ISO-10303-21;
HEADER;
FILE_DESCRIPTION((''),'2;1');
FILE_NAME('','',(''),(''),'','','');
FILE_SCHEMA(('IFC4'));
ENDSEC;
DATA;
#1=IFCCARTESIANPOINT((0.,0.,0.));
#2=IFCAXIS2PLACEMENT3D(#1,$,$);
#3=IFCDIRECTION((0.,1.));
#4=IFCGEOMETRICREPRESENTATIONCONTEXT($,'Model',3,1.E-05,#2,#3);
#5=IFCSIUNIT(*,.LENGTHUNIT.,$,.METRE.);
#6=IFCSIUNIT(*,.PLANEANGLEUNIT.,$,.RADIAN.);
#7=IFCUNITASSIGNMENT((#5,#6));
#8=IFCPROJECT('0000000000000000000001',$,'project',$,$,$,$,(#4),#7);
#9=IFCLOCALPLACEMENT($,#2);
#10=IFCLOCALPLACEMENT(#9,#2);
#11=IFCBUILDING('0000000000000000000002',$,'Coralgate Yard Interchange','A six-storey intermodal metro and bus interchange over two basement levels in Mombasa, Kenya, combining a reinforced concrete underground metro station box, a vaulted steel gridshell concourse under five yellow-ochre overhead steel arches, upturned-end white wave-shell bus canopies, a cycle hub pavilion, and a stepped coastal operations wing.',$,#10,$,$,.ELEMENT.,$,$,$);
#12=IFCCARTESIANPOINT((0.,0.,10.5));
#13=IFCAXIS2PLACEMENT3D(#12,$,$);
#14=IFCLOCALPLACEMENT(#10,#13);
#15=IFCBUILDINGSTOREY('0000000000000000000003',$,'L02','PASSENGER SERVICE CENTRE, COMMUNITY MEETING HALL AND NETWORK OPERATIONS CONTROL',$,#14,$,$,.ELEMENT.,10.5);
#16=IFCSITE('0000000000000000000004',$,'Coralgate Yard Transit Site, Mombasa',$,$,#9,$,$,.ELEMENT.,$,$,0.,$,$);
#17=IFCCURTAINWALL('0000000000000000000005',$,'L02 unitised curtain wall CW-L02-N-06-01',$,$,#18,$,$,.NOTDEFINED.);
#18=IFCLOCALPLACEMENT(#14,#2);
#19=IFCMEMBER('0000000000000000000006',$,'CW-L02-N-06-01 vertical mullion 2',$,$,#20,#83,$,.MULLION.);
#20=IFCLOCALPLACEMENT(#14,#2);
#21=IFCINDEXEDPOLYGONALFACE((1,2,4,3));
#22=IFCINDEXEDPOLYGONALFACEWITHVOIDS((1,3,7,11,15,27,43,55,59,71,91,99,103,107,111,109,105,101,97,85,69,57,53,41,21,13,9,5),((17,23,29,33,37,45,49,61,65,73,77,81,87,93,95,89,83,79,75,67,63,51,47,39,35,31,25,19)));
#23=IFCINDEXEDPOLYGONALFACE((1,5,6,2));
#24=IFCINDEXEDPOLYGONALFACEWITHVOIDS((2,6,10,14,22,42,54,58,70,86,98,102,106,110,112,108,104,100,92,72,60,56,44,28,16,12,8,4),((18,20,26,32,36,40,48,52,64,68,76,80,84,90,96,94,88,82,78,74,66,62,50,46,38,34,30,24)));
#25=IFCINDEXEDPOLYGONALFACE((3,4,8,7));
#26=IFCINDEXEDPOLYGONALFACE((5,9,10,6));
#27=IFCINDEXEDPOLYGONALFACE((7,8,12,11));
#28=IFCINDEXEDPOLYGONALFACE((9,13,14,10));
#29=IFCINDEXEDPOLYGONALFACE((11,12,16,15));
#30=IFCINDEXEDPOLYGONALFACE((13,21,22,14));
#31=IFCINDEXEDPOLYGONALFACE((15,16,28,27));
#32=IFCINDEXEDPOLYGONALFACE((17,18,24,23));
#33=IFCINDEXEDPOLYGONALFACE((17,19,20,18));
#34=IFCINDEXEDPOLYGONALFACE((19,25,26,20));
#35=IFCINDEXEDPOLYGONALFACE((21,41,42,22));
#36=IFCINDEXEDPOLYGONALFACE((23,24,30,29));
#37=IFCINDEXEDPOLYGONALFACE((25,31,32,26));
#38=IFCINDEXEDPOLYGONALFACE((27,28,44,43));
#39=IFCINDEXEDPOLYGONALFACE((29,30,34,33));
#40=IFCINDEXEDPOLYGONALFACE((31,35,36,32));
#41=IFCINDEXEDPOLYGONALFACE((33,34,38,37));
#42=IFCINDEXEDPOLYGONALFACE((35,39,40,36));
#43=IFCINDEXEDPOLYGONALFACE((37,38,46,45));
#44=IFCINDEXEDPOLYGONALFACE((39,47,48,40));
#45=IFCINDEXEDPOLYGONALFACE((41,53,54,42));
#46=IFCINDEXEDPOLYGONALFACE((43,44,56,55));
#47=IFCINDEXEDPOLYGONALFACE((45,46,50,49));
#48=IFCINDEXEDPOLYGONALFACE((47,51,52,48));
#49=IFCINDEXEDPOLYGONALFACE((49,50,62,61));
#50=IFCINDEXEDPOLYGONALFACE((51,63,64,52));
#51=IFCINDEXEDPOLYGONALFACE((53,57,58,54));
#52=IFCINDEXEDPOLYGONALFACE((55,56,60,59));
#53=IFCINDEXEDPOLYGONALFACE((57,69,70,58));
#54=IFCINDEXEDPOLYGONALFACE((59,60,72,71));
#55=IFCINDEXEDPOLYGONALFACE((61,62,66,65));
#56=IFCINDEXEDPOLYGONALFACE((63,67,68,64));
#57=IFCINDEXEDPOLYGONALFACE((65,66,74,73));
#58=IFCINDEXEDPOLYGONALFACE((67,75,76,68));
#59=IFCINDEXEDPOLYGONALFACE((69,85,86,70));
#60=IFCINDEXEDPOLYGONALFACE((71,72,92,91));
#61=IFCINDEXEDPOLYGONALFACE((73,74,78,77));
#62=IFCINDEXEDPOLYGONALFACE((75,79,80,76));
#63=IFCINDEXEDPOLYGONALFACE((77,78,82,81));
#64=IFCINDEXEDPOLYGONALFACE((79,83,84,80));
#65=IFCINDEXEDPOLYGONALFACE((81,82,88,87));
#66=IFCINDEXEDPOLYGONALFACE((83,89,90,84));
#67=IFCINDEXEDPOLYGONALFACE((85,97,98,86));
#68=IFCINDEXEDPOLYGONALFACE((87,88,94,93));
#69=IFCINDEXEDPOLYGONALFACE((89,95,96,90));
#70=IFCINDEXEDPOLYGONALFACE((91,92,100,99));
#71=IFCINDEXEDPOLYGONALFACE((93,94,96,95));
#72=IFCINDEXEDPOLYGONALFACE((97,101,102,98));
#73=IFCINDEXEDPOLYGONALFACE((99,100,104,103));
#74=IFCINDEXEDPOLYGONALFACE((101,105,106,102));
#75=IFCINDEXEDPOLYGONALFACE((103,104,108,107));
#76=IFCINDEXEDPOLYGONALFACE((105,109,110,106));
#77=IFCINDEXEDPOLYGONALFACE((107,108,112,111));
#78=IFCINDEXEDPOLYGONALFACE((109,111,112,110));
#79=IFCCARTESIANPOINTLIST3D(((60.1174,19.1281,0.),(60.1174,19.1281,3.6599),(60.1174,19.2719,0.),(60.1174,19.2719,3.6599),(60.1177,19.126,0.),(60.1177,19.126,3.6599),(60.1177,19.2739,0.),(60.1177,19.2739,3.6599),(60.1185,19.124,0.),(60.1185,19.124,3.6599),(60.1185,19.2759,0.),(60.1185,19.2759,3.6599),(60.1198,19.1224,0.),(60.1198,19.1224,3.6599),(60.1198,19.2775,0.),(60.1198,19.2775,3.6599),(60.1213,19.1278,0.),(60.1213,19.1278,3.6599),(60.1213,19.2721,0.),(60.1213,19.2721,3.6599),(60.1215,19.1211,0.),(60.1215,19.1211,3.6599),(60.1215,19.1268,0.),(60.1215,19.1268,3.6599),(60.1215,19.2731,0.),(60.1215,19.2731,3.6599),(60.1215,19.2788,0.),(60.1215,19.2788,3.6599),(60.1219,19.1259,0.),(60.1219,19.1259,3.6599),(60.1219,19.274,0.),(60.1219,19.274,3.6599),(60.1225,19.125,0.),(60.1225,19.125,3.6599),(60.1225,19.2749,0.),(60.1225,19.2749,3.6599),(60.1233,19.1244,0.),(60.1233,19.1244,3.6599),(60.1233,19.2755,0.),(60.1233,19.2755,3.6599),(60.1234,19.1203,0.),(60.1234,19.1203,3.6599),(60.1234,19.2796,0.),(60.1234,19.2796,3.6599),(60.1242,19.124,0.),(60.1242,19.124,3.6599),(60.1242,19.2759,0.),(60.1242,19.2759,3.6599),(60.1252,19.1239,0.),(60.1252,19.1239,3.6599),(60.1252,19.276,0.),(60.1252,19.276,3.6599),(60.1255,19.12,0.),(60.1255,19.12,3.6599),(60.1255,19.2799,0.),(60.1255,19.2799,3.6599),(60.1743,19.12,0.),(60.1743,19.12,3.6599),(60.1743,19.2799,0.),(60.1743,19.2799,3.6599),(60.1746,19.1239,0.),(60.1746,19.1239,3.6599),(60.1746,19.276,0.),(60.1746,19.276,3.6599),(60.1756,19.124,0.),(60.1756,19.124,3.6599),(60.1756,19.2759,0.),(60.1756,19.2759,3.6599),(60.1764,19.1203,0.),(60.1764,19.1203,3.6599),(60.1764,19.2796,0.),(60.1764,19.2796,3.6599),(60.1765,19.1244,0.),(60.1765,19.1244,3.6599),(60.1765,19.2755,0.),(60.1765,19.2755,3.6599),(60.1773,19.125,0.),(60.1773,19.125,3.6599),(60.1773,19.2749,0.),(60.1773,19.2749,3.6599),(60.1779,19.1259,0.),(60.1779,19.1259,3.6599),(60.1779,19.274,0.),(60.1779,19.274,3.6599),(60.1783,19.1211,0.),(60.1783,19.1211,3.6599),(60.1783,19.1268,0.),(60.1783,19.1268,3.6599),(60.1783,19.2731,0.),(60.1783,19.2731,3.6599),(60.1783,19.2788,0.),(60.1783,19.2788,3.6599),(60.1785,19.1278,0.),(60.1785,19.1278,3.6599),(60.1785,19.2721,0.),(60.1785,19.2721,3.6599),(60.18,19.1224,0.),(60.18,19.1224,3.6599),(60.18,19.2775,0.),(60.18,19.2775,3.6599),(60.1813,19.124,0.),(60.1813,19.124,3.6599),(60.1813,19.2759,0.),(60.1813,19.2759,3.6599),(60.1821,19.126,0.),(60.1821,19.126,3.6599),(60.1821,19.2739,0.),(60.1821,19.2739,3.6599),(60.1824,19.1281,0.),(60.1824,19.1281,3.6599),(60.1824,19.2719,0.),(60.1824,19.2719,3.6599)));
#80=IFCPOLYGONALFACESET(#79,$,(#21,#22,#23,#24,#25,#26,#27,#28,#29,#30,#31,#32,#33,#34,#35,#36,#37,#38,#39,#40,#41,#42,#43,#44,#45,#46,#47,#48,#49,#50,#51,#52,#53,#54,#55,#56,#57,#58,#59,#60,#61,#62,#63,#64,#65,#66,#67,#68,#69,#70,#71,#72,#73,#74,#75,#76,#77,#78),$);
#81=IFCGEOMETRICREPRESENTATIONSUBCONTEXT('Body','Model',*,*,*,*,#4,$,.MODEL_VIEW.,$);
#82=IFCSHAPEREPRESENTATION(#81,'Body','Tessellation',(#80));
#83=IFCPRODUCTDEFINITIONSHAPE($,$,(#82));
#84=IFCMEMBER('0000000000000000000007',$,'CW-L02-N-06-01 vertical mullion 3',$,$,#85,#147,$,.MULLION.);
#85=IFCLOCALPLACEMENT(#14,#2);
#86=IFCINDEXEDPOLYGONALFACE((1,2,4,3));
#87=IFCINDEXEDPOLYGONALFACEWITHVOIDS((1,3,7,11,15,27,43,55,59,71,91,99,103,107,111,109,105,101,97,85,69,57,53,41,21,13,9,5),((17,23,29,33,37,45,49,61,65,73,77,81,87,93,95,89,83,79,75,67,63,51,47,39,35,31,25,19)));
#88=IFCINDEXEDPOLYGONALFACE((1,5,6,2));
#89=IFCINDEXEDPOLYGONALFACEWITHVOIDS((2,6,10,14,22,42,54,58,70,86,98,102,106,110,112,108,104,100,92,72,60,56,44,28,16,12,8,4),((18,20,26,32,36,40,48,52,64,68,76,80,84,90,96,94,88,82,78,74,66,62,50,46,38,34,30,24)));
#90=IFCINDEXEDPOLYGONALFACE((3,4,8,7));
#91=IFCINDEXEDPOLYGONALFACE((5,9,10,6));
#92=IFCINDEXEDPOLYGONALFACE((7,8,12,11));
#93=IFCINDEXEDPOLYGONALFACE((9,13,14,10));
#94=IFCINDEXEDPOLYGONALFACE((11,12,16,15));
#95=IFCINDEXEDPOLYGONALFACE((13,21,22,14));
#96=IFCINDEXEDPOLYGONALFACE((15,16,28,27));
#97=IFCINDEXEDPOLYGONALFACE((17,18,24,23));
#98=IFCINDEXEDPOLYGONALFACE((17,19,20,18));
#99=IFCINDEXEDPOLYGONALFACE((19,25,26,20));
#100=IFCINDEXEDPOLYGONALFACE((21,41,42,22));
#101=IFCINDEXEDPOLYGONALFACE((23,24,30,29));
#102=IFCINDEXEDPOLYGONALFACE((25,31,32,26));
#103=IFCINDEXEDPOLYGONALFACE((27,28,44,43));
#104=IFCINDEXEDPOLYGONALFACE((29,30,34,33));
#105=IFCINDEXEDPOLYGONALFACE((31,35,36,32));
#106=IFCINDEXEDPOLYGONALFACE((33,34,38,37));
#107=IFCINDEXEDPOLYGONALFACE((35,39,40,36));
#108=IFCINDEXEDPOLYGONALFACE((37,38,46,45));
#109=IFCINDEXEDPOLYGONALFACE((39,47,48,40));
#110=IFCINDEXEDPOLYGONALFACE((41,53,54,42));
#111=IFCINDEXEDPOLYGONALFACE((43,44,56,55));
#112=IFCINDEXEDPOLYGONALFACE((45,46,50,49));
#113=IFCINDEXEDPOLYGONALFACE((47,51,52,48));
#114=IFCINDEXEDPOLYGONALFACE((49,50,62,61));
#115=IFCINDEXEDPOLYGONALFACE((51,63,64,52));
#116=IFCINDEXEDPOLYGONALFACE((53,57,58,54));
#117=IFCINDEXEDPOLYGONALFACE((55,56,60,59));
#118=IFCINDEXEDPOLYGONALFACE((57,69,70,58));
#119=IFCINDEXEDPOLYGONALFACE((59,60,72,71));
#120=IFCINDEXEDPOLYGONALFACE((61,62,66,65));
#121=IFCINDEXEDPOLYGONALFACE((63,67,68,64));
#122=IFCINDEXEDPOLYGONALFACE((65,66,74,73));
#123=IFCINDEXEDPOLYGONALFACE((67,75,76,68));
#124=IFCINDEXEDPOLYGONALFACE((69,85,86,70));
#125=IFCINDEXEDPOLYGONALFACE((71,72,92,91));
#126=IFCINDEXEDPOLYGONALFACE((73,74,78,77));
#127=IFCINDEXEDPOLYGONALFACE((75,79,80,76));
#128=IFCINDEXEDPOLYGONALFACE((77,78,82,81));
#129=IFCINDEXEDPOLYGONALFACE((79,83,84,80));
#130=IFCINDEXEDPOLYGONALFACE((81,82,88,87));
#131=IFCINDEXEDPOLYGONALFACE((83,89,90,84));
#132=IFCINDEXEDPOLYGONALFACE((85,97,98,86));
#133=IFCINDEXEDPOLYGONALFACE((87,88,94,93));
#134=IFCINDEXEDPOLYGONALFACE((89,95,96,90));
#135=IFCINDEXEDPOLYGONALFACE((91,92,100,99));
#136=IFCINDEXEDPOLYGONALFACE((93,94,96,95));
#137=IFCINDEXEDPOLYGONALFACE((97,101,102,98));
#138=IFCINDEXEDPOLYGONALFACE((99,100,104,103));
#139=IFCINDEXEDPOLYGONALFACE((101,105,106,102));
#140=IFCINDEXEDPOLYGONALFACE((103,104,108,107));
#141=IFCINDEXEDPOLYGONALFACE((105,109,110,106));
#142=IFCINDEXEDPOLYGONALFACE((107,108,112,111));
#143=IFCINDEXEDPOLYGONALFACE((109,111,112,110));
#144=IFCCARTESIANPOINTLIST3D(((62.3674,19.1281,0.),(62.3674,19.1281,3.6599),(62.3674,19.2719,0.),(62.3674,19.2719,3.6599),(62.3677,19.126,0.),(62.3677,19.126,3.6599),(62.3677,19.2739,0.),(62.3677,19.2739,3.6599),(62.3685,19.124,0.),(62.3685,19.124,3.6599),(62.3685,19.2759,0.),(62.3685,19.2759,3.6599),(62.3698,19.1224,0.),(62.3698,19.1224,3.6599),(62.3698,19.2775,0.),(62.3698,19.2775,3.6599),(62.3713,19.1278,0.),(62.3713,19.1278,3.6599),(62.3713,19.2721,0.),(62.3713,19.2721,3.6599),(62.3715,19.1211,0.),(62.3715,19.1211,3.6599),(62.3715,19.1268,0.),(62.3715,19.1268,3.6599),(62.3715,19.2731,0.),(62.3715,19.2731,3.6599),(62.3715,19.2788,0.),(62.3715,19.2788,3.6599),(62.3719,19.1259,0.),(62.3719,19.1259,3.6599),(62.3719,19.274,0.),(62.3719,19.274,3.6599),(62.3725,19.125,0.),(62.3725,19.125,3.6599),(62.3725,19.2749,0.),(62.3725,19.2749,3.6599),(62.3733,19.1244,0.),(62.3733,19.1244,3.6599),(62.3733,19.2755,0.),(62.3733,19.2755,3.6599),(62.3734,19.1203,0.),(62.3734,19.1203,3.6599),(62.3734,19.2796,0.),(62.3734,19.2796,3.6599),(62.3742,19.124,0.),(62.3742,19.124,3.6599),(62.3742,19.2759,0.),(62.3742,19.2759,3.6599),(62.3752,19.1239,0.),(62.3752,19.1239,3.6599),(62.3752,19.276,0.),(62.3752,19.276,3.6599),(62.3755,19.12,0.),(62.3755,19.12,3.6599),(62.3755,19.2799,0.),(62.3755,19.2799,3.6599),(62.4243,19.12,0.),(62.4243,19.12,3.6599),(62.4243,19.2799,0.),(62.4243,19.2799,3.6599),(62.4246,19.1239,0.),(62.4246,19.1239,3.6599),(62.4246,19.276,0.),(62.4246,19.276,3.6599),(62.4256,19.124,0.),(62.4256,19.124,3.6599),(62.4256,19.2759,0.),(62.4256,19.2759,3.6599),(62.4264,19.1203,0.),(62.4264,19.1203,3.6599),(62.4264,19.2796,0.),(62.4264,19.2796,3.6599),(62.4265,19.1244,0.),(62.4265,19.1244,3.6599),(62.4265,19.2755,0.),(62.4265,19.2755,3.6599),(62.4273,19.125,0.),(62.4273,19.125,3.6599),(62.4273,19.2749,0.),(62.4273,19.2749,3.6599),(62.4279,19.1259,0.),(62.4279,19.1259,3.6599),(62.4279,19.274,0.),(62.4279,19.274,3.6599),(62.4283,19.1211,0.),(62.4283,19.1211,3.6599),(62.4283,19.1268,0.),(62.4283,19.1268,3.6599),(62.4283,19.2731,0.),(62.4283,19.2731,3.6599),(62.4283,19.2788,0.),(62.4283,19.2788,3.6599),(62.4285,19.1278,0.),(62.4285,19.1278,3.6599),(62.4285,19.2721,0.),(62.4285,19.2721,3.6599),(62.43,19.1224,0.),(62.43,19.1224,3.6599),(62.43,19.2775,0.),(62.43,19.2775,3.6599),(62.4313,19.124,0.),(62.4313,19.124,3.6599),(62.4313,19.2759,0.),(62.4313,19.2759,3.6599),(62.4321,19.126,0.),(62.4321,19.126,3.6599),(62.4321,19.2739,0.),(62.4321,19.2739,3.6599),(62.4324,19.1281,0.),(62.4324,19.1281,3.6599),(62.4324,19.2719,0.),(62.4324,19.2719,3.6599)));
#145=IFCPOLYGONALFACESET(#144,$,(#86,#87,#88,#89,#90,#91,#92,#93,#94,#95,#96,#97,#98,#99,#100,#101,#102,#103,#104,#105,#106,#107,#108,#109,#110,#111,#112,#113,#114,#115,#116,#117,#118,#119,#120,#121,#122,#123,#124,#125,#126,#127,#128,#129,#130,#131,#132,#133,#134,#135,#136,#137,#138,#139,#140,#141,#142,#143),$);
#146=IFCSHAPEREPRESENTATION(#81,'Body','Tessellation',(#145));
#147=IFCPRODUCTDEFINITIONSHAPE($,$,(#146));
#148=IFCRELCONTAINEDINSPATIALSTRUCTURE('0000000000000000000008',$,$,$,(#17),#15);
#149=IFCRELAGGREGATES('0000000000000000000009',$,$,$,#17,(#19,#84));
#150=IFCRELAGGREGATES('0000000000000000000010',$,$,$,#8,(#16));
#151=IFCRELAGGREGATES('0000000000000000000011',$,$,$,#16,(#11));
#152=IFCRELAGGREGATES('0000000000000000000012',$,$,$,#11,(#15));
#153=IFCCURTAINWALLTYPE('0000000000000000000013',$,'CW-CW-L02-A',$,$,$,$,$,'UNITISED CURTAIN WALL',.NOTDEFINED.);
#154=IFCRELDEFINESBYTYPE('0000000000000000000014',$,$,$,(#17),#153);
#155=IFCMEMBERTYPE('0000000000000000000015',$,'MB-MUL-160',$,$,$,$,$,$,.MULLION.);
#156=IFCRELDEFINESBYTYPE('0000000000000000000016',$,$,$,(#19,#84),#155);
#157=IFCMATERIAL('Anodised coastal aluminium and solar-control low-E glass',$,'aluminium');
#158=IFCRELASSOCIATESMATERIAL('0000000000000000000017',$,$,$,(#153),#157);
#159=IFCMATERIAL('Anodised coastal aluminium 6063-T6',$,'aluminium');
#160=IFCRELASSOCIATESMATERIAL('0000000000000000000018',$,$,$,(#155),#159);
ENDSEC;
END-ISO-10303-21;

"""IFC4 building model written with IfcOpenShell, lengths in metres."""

from ifc_helpers import new_model, si_unit, direction, frame, origin, origin_2d, place, context, subcontext, project, spatial, hollow_rectangle, extrude, material, material_profile, profile_set, type_object, element, aggregate, save


model = new_model("IFC4")

# Units and contexts
model_context = context("Model", 3, precision=1e-05, world=origin(), true_north=direction((0.0, 1.0)))
body_context = subcontext(model_context, "Body", "Model", "MODEL_VIEW")
ifc_project = project(units=[si_unit("LENGTHUNIT", "METRE"), si_unit("PLANEANGLEUNIT", "RADIAN")], contexts=[model_context])

# Site, building, storey
site_placement = place(None, origin())
site = spatial("IfcSite", under=ifc_project, at=site_placement, Name="Coralgate Yard Transit Site, Mombasa", CompositionType="ELEMENT", RefElevation=0.0)
building_placement = place(site_placement, origin())
building = spatial("IfcBuilding", under=site, at=building_placement, Name="Coralgate Yard Interchange", Description="A six-storey intermodal metro and bus interchange over two basement levels in Mombasa, Kenya, combining a reinforced concrete underground metro station box, a vaulted steel gridshell concourse under five yellow-ochre overhead steel arches, upturned-end white wave-shell bus canopies, a cycle hub pavilion, and a stepped coastal operations wing.", CompositionType="ELEMENT")
storey_placement = place(building_placement, frame((0.0, 0.0, 10.5)))
storey = spatial("IfcBuildingStorey", under=building, at=storey_placement, Name="L02", Description="PASSENGER SERVICE CENTRE, COMMUNITY MEETING HALL AND NETWORK OPERATIONS CONTROL", CompositionType="ELEMENT", Elevation=10.5)

# Shared definitions
ifc_material_1 = material(Name="Anodised coastal aluminium and solar-control low-E glass", Category="aluminium")
curtain_wall_type = type_object("IfcCurtainWallType", Name="CW-CW-L02-A", ElementType="UNITISED CURTAIN WALL", PredefinedType="NOTDEFINED", material=ifc_material_1)
ifc_material_2 = material(Name="Anodised coastal aluminium 6063-T6", Category="aluminium")
ifc_material_profile_1 = material_profile(ifc_material_2, hollow_rectangle(XDim=0.0649, YDim=0.1599, WallThickness=0.0039, InnerFilletRadius=0.0039, OuterFilletRadius=0.0081, at=origin_2d()), Name="ALU 65x160x4")
ifc_profile_set_1 = profile_set([ifc_material_profile_1], Name="Anodised coastal aluminium 6063-T6")
member_type_1 = type_object("IfcMemberType", Name="MB-MUL-160", PredefinedType="MULLION", material=ifc_profile_set_1)

# Curtain wall, members
curtain_wall_1_placement = place(storey_placement, origin())
curtain_wall_1 = element("IfcCurtainWall", 1, at=curtain_wall_1_placement, inside=storey, type_object=curtain_wall_type, Name="L02 unitised curtain wall CW-L02-N-06-01", PredefinedType="NOTDEFINED")
member_1_placement = place(storey_placement, frame((60.1499, 19.2, 0.0), z_axis=(0.0, 0.0, 1.0), x_axis=(1.0, 0.0, 0.0)))
member_1 = element("IfcMember", 2, at=member_1_placement, type_object=member_type_1, Name="CW-L02-N-06-01 vertical mullion 2", PredefinedType="MULLION", context=body_context, shape_type="SweptSolid", body=[
    extrude(hollow_rectangle(XDim=0.0649, YDim=0.1599, WallThickness=0.0039, InnerFilletRadius=0.0039, OuterFilletRadius=0.0081, at=origin_2d()), origin(), (0.0, 0.0, 1.0), 3.6599),
])
member_2_placement = place(storey_placement, frame((62.3999, 19.2, 0.0), z_axis=(0.0, 0.0, 1.0), x_axis=(1.0, 0.0, 0.0)))
member_2 = element("IfcMember", 3, at=member_2_placement, type_object=member_type_1, Name="CW-L02-N-06-01 vertical mullion 3", PredefinedType="MULLION", context=body_context, shape_type="SweptSolid", body=[
    extrude(hollow_rectangle(XDim=0.0649, YDim=0.1599, WallThickness=0.0039, InnerFilletRadius=0.0039, OuterFilletRadius=0.0081, at=origin_2d()), origin(), (0.0, 0.0, 1.0), 3.6599),
])
aggregate(curtain_wall_1, [member_1, member_2])

save(model, "model.ifc")
